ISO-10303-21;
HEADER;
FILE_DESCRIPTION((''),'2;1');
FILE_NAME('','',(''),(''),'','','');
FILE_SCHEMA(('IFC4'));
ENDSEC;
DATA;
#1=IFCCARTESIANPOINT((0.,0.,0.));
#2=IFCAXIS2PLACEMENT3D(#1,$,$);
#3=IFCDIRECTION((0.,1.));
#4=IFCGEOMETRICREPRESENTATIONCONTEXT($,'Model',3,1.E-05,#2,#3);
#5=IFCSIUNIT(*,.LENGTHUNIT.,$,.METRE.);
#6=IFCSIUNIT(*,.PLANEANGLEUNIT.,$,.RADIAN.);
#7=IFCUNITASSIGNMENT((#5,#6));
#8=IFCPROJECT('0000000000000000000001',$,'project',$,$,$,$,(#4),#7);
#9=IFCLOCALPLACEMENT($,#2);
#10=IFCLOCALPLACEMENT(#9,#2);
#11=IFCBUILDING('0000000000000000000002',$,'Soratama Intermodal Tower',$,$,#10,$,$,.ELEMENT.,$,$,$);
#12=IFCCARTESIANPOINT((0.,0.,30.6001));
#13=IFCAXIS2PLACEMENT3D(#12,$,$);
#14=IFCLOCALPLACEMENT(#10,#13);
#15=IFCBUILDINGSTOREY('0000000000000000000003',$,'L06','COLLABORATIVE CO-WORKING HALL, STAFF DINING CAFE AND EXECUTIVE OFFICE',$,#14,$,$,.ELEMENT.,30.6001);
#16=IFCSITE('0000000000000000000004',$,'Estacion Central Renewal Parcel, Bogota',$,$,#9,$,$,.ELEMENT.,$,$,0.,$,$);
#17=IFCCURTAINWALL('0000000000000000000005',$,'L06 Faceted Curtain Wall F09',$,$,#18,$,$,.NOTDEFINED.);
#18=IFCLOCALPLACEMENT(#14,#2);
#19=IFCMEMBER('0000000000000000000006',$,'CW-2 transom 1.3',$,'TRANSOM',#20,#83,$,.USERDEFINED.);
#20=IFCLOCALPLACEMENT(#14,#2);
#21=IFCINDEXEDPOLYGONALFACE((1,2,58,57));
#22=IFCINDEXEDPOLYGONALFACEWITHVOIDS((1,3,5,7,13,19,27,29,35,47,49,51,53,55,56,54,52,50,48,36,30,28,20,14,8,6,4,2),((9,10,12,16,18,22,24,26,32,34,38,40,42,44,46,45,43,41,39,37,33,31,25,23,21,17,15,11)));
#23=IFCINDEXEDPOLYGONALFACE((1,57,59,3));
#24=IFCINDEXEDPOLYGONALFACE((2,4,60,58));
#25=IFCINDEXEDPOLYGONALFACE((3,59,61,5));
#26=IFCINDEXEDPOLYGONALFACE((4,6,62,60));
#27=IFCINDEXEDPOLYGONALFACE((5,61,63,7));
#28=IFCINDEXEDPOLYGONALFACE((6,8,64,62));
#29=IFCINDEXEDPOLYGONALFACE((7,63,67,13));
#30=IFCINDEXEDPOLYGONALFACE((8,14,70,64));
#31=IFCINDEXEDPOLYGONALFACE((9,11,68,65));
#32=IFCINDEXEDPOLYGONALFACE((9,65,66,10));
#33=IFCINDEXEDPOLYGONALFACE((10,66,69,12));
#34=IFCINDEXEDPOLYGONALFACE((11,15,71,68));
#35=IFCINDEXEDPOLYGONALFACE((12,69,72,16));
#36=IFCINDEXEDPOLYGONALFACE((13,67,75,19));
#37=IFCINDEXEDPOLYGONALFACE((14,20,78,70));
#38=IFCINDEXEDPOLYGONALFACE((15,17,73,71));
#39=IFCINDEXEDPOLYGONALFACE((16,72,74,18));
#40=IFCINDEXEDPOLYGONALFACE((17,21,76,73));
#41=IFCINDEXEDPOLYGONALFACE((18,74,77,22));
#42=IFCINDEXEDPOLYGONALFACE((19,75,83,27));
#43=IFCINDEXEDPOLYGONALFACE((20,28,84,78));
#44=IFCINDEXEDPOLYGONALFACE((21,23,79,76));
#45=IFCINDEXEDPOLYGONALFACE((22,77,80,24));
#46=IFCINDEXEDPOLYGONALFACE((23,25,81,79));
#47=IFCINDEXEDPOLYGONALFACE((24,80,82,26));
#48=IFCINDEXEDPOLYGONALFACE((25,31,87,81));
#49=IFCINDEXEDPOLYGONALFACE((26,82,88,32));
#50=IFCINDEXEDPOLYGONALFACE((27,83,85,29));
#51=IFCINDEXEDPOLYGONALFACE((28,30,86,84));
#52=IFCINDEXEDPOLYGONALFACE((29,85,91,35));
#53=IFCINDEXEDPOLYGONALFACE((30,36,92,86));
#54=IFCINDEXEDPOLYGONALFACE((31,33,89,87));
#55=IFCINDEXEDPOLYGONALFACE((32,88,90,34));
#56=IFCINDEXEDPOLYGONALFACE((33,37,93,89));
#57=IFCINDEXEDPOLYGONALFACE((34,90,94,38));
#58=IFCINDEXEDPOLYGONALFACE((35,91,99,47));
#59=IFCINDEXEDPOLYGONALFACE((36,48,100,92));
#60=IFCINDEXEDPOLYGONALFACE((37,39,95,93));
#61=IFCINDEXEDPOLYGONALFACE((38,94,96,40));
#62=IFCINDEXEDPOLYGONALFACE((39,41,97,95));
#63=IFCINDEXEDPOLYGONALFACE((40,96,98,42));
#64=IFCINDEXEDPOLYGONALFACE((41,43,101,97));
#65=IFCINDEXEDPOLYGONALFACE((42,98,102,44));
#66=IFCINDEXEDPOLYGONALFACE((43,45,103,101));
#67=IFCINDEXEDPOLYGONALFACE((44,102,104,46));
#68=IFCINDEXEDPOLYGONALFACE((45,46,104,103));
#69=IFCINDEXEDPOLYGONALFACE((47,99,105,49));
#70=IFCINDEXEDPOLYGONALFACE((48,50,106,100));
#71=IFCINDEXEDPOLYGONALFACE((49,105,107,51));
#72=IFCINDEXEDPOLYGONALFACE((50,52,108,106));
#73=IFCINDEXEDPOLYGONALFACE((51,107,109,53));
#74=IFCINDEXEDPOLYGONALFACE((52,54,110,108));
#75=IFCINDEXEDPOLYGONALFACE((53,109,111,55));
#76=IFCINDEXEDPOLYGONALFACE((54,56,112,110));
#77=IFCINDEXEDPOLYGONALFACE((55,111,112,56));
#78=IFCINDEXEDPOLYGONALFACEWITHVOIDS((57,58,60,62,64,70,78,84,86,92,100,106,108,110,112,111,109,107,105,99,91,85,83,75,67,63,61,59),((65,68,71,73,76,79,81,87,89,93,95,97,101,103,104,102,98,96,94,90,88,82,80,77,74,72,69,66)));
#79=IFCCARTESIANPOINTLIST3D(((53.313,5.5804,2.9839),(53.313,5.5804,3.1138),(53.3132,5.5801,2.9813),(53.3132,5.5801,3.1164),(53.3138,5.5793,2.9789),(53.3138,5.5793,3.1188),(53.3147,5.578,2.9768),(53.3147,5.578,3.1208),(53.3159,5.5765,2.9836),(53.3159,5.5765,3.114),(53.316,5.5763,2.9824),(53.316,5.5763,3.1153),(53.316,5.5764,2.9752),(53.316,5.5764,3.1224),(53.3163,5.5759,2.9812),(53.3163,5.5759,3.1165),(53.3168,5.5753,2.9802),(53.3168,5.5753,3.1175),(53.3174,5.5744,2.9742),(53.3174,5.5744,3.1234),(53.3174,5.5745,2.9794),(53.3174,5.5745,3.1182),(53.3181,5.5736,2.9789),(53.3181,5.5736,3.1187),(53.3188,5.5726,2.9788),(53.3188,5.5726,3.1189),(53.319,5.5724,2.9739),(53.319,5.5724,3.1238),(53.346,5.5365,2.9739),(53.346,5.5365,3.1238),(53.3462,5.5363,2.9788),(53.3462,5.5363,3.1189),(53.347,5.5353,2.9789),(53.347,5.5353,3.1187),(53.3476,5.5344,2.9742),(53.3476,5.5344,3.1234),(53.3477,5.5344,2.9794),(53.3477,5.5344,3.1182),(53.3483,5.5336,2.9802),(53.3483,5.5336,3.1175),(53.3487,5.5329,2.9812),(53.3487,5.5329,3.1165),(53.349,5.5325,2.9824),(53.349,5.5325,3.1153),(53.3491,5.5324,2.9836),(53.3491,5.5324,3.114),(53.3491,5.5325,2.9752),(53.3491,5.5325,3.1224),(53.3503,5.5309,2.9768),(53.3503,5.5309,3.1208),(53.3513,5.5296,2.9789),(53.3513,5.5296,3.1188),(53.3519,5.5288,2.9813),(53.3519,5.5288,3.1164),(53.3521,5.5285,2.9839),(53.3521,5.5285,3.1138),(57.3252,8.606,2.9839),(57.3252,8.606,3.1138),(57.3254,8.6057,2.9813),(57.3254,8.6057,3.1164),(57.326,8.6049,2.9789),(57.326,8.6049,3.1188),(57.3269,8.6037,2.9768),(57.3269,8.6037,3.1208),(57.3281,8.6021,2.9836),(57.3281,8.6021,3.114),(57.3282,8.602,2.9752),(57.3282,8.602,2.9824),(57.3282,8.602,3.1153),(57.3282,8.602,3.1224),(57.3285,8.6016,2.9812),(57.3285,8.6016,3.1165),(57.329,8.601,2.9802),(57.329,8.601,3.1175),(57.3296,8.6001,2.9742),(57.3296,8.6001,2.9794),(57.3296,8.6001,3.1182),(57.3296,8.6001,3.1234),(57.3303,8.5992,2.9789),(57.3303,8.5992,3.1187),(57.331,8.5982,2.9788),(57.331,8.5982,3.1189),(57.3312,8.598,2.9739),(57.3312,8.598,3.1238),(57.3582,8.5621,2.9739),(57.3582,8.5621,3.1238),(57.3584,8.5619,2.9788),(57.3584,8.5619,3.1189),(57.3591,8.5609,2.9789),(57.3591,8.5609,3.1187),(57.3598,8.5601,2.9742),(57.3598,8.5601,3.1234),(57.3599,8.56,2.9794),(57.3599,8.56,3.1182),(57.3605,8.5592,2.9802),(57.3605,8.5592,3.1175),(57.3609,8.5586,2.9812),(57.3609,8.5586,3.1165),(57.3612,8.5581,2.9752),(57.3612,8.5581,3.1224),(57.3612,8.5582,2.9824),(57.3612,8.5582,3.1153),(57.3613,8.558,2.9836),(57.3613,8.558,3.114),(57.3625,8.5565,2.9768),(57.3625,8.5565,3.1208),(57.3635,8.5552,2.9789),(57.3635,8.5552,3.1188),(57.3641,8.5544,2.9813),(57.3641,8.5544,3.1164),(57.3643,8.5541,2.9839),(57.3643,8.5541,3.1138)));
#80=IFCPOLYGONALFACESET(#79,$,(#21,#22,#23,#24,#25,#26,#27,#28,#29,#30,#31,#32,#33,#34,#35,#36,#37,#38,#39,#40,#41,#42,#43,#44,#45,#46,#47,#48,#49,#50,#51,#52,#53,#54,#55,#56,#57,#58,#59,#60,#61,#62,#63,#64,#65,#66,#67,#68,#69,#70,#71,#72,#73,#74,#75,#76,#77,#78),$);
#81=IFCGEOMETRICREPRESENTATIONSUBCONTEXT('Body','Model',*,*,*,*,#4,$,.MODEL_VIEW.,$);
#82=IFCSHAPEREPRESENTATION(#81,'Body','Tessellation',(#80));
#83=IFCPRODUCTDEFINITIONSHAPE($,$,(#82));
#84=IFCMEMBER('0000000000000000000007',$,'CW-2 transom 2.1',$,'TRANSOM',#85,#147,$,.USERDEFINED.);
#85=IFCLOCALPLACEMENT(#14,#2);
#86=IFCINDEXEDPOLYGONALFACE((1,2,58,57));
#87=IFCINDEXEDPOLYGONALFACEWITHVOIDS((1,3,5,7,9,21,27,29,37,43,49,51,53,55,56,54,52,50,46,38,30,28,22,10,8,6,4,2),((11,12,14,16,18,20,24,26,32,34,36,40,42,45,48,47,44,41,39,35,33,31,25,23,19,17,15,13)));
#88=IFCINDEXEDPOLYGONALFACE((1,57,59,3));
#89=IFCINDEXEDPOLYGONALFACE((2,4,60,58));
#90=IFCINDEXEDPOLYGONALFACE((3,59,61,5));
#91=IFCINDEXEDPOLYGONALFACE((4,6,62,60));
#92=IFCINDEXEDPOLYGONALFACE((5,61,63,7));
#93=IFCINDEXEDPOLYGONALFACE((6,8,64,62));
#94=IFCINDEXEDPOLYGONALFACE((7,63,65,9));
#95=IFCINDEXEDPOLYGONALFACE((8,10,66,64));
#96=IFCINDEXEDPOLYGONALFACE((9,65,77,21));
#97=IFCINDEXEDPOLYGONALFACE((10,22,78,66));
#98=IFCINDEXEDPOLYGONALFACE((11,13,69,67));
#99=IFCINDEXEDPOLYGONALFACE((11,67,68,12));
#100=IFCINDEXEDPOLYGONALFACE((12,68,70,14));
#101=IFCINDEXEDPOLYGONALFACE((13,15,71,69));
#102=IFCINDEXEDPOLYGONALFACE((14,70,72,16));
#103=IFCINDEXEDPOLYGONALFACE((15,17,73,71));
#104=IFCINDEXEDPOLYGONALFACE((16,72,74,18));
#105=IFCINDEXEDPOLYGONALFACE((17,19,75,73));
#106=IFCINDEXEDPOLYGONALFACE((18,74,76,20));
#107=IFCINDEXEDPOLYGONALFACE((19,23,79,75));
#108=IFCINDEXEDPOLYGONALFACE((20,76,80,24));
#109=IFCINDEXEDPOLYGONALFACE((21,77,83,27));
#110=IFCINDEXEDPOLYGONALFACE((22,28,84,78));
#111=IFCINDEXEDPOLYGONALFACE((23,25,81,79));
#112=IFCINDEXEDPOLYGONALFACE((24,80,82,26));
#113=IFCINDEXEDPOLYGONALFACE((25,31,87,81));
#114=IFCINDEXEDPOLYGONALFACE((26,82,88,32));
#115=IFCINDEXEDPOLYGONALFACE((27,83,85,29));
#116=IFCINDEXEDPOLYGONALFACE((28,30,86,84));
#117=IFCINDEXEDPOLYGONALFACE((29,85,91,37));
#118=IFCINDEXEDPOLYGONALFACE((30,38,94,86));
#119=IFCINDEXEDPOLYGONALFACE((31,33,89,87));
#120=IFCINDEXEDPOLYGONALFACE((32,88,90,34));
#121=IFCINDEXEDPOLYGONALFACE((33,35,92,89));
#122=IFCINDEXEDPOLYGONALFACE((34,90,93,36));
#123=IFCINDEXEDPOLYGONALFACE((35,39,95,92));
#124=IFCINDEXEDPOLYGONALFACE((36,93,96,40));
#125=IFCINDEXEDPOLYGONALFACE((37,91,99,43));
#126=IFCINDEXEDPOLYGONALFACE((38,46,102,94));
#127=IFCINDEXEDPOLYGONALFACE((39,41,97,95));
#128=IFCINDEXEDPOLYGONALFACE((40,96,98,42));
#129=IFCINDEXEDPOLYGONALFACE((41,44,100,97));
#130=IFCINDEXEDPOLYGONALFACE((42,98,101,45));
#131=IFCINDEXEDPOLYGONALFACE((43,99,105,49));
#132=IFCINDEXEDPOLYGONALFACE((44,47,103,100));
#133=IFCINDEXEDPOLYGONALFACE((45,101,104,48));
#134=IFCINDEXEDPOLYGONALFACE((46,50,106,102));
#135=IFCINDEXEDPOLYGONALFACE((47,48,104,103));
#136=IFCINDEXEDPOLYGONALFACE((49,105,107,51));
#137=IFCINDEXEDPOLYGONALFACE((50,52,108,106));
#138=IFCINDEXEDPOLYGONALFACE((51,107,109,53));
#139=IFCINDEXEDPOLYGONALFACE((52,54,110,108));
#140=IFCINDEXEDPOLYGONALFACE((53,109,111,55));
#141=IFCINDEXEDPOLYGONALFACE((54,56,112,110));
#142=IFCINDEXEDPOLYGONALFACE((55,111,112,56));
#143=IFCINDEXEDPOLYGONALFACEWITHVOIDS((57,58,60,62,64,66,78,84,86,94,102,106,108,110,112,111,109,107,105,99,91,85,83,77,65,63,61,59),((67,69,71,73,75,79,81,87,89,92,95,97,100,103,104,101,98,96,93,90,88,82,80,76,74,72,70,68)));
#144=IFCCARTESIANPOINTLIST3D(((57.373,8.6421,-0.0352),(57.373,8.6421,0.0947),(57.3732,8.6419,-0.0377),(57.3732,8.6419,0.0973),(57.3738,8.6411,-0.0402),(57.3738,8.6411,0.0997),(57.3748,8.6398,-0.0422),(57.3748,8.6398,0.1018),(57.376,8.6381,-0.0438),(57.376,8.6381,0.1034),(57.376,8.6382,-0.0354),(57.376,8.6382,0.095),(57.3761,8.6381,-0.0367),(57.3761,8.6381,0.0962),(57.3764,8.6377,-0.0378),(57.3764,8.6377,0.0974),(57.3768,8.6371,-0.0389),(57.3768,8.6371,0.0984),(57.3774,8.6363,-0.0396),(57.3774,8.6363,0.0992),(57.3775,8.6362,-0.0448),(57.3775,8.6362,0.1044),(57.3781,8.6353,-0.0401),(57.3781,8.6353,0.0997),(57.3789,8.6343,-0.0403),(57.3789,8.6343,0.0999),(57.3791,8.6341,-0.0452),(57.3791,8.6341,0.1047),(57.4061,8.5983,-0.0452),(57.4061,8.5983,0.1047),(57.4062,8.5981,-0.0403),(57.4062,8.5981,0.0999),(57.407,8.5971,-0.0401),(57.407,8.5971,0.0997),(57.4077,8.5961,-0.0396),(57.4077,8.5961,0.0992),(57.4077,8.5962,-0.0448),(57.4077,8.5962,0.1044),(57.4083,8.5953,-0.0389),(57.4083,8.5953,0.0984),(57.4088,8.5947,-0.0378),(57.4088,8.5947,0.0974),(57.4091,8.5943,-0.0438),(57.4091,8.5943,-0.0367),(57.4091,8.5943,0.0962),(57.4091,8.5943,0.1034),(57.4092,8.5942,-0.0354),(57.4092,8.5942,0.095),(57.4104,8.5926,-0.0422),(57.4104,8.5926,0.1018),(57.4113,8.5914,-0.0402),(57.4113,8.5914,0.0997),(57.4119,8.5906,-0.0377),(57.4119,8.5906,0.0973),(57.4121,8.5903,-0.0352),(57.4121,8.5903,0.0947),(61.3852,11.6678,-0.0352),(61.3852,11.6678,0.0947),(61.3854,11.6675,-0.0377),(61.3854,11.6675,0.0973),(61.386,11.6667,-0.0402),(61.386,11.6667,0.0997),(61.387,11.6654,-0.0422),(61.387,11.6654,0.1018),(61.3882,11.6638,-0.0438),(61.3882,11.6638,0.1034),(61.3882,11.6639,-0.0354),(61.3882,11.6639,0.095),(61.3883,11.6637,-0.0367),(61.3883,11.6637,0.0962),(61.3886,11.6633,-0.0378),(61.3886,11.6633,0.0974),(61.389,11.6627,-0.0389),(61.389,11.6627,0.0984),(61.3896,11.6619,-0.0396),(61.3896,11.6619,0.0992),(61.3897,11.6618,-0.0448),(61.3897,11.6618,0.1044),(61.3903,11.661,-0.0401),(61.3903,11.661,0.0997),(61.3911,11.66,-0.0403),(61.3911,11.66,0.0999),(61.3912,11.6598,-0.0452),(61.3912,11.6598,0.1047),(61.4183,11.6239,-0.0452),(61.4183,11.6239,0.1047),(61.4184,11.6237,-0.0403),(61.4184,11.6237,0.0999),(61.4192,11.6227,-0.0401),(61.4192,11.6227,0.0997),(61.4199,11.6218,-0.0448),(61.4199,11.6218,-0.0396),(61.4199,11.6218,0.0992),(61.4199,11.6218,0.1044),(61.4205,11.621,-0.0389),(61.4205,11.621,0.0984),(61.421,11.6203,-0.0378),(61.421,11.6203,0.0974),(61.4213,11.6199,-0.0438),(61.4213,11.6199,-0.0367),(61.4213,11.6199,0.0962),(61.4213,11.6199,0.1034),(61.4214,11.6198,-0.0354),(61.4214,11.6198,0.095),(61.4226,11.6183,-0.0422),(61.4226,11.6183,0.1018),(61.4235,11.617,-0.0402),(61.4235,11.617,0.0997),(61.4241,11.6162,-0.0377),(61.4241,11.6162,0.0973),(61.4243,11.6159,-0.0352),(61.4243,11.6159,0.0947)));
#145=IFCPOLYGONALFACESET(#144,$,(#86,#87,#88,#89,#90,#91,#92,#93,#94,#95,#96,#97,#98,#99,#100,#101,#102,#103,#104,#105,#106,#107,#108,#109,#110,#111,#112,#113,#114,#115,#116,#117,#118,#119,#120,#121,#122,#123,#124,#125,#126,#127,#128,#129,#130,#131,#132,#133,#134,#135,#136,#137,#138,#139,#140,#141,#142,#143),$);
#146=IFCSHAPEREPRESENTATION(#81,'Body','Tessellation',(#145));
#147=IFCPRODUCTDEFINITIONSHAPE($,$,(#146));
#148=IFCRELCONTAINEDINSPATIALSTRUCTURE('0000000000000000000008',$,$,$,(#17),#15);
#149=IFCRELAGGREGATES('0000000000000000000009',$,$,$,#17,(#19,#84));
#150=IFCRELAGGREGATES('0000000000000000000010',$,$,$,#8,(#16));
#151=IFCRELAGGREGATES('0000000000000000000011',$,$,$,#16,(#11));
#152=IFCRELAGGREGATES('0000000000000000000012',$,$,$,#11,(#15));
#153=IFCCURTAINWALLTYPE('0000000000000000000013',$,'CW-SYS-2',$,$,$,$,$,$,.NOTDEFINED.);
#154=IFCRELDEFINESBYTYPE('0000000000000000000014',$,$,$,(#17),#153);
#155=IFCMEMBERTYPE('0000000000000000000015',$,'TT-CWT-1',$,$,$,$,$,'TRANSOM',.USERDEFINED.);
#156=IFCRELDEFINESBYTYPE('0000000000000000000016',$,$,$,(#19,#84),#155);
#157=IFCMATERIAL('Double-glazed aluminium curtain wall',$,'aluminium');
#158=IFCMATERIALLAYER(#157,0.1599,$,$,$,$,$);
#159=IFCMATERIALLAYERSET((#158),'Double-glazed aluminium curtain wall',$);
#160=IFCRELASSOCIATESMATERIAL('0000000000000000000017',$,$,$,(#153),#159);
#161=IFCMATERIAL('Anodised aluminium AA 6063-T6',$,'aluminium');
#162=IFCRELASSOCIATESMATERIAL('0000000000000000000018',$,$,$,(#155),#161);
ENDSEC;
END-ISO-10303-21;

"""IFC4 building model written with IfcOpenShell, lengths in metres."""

from ifc_helpers import new_model, si_unit, direction, frame, origin, origin_2d, place, context, subcontext, project, spatial, hollow_rectangle, extrude, material, layer, layer_set, material_profile, profile_set, type_object, element, aggregate, save


model = new_model("IFC4")

# Units and contexts
model_context = context("Model", 3, precision=1e-05, world=origin(), true_north=direction((0.0, 1.0)))
body_context = subcontext(model_context, "Body", "Model", "MODEL_VIEW")
ifc_project = project(units=[si_unit("LENGTHUNIT", "METRE"), si_unit("PLANEANGLEUNIT", "RADIAN")], contexts=[model_context])

# Site, building, storey
site_placement = place(None, origin())
site = spatial("IfcSite", under=ifc_project, at=site_placement, Name="Estacion Central Renewal Parcel, Bogota", CompositionType="ELEMENT", RefElevation=0.0)
building_placement = place(site_placement, origin())
building = spatial("IfcBuilding", under=site, at=building_placement, Name="Soratama Intermodal Tower", CompositionType="ELEMENT")
storey_placement = place(building_placement, frame((0.0, 0.0, 30.6001)))
storey = spatial("IfcBuildingStorey", under=building, at=storey_placement, Name="L06", Description="COLLABORATIVE CO-WORKING HALL, STAFF DINING CAFE AND EXECUTIVE OFFICE", CompositionType="ELEMENT", Elevation=30.6001)

# Curtain wall, members
ifc_material_1 = material(Name="Double-glazed aluminium curtain wall", Category="aluminium")
ifc_layer_1 = layer(ifc_material_1, 0.1599)
ifc_layer_set_1 = layer_set([ifc_layer_1], Name="Double-glazed aluminium curtain wall")
curtain_wall_type = type_object("IfcCurtainWallType", Name="CW-SYS-2", PredefinedType="NOTDEFINED", material=ifc_layer_set_1)
curtain_wall_placement = place(storey_placement, origin())
curtain_wall = element("IfcCurtainWall", 1, at=curtain_wall_placement, inside=storey, type_object=curtain_wall_type, Name="L06 Faceted Curtain Wall F09", PredefinedType="NOTDEFINED")
ifc_material_2 = material(Name="Anodised aluminium AA 6063-T6", Category="aluminium")
ifc_material_profile_1 = material_profile(ifc_material_2, hollow_rectangle(XDim=0.0649, YDim=0.1499, WallThickness=0.0049, InnerFilletRadius=0.0049, OuterFilletRadius=0.01, at=origin_2d()), Name="CWT150X65X5")
ifc_profile_set_1 = profile_set([ifc_material_profile_1], Name="Anodised aluminium AA 6063-T6")
member_type_1 = type_object("IfcMemberType", Name="TT-CWT-1", ElementType="TRANSOM", PredefinedType="USERDEFINED", material=ifc_profile_set_1)
member_1_placement = place(storey_placement, frame((53.3325, 5.5544, 3.0488), z_axis=(0.798423, 0.602097, 0.0), x_axis=(-0.602097, 0.798423, 0.0)))
member_1 = element("IfcMember", 2, at=member_1_placement, type_object=member_type_1, Name="CW-2 transom 1.3", ObjectType="TRANSOM", PredefinedType="USERDEFINED", context=body_context, shape_type="SweptSolid", body=[
    extrude(hollow_rectangle(XDim=0.0649, YDim=0.1499, WallThickness=0.0049, InnerFilletRadius=0.0049, OuterFilletRadius=0.01, at=origin_2d()), origin(), (0.0, 0.0, 1.0), 5.0251),
])
member_2_placement = place(storey_placement, frame((57.3926, 8.6162, 0.0298), z_axis=(0.798423, 0.602097, 0.0), x_axis=(-0.602097, 0.798423, 0.0)))
member_2 = element("IfcMember", 3, at=member_2_placement, type_object=member_type_1, Name="CW-2 transom 2.1", ObjectType="TRANSOM", PredefinedType="USERDEFINED", context=body_context, shape_type="SweptSolid", body=[
    extrude(hollow_rectangle(XDim=0.0649, YDim=0.1499, WallThickness=0.0049, InnerFilletRadius=0.0049, OuterFilletRadius=0.01, at=origin_2d()), origin(), (0.0, 0.0, 1.0), 5.0251),
])
aggregate(curtain_wall, [member_1, member_2])

save(model, "model.ifc")
